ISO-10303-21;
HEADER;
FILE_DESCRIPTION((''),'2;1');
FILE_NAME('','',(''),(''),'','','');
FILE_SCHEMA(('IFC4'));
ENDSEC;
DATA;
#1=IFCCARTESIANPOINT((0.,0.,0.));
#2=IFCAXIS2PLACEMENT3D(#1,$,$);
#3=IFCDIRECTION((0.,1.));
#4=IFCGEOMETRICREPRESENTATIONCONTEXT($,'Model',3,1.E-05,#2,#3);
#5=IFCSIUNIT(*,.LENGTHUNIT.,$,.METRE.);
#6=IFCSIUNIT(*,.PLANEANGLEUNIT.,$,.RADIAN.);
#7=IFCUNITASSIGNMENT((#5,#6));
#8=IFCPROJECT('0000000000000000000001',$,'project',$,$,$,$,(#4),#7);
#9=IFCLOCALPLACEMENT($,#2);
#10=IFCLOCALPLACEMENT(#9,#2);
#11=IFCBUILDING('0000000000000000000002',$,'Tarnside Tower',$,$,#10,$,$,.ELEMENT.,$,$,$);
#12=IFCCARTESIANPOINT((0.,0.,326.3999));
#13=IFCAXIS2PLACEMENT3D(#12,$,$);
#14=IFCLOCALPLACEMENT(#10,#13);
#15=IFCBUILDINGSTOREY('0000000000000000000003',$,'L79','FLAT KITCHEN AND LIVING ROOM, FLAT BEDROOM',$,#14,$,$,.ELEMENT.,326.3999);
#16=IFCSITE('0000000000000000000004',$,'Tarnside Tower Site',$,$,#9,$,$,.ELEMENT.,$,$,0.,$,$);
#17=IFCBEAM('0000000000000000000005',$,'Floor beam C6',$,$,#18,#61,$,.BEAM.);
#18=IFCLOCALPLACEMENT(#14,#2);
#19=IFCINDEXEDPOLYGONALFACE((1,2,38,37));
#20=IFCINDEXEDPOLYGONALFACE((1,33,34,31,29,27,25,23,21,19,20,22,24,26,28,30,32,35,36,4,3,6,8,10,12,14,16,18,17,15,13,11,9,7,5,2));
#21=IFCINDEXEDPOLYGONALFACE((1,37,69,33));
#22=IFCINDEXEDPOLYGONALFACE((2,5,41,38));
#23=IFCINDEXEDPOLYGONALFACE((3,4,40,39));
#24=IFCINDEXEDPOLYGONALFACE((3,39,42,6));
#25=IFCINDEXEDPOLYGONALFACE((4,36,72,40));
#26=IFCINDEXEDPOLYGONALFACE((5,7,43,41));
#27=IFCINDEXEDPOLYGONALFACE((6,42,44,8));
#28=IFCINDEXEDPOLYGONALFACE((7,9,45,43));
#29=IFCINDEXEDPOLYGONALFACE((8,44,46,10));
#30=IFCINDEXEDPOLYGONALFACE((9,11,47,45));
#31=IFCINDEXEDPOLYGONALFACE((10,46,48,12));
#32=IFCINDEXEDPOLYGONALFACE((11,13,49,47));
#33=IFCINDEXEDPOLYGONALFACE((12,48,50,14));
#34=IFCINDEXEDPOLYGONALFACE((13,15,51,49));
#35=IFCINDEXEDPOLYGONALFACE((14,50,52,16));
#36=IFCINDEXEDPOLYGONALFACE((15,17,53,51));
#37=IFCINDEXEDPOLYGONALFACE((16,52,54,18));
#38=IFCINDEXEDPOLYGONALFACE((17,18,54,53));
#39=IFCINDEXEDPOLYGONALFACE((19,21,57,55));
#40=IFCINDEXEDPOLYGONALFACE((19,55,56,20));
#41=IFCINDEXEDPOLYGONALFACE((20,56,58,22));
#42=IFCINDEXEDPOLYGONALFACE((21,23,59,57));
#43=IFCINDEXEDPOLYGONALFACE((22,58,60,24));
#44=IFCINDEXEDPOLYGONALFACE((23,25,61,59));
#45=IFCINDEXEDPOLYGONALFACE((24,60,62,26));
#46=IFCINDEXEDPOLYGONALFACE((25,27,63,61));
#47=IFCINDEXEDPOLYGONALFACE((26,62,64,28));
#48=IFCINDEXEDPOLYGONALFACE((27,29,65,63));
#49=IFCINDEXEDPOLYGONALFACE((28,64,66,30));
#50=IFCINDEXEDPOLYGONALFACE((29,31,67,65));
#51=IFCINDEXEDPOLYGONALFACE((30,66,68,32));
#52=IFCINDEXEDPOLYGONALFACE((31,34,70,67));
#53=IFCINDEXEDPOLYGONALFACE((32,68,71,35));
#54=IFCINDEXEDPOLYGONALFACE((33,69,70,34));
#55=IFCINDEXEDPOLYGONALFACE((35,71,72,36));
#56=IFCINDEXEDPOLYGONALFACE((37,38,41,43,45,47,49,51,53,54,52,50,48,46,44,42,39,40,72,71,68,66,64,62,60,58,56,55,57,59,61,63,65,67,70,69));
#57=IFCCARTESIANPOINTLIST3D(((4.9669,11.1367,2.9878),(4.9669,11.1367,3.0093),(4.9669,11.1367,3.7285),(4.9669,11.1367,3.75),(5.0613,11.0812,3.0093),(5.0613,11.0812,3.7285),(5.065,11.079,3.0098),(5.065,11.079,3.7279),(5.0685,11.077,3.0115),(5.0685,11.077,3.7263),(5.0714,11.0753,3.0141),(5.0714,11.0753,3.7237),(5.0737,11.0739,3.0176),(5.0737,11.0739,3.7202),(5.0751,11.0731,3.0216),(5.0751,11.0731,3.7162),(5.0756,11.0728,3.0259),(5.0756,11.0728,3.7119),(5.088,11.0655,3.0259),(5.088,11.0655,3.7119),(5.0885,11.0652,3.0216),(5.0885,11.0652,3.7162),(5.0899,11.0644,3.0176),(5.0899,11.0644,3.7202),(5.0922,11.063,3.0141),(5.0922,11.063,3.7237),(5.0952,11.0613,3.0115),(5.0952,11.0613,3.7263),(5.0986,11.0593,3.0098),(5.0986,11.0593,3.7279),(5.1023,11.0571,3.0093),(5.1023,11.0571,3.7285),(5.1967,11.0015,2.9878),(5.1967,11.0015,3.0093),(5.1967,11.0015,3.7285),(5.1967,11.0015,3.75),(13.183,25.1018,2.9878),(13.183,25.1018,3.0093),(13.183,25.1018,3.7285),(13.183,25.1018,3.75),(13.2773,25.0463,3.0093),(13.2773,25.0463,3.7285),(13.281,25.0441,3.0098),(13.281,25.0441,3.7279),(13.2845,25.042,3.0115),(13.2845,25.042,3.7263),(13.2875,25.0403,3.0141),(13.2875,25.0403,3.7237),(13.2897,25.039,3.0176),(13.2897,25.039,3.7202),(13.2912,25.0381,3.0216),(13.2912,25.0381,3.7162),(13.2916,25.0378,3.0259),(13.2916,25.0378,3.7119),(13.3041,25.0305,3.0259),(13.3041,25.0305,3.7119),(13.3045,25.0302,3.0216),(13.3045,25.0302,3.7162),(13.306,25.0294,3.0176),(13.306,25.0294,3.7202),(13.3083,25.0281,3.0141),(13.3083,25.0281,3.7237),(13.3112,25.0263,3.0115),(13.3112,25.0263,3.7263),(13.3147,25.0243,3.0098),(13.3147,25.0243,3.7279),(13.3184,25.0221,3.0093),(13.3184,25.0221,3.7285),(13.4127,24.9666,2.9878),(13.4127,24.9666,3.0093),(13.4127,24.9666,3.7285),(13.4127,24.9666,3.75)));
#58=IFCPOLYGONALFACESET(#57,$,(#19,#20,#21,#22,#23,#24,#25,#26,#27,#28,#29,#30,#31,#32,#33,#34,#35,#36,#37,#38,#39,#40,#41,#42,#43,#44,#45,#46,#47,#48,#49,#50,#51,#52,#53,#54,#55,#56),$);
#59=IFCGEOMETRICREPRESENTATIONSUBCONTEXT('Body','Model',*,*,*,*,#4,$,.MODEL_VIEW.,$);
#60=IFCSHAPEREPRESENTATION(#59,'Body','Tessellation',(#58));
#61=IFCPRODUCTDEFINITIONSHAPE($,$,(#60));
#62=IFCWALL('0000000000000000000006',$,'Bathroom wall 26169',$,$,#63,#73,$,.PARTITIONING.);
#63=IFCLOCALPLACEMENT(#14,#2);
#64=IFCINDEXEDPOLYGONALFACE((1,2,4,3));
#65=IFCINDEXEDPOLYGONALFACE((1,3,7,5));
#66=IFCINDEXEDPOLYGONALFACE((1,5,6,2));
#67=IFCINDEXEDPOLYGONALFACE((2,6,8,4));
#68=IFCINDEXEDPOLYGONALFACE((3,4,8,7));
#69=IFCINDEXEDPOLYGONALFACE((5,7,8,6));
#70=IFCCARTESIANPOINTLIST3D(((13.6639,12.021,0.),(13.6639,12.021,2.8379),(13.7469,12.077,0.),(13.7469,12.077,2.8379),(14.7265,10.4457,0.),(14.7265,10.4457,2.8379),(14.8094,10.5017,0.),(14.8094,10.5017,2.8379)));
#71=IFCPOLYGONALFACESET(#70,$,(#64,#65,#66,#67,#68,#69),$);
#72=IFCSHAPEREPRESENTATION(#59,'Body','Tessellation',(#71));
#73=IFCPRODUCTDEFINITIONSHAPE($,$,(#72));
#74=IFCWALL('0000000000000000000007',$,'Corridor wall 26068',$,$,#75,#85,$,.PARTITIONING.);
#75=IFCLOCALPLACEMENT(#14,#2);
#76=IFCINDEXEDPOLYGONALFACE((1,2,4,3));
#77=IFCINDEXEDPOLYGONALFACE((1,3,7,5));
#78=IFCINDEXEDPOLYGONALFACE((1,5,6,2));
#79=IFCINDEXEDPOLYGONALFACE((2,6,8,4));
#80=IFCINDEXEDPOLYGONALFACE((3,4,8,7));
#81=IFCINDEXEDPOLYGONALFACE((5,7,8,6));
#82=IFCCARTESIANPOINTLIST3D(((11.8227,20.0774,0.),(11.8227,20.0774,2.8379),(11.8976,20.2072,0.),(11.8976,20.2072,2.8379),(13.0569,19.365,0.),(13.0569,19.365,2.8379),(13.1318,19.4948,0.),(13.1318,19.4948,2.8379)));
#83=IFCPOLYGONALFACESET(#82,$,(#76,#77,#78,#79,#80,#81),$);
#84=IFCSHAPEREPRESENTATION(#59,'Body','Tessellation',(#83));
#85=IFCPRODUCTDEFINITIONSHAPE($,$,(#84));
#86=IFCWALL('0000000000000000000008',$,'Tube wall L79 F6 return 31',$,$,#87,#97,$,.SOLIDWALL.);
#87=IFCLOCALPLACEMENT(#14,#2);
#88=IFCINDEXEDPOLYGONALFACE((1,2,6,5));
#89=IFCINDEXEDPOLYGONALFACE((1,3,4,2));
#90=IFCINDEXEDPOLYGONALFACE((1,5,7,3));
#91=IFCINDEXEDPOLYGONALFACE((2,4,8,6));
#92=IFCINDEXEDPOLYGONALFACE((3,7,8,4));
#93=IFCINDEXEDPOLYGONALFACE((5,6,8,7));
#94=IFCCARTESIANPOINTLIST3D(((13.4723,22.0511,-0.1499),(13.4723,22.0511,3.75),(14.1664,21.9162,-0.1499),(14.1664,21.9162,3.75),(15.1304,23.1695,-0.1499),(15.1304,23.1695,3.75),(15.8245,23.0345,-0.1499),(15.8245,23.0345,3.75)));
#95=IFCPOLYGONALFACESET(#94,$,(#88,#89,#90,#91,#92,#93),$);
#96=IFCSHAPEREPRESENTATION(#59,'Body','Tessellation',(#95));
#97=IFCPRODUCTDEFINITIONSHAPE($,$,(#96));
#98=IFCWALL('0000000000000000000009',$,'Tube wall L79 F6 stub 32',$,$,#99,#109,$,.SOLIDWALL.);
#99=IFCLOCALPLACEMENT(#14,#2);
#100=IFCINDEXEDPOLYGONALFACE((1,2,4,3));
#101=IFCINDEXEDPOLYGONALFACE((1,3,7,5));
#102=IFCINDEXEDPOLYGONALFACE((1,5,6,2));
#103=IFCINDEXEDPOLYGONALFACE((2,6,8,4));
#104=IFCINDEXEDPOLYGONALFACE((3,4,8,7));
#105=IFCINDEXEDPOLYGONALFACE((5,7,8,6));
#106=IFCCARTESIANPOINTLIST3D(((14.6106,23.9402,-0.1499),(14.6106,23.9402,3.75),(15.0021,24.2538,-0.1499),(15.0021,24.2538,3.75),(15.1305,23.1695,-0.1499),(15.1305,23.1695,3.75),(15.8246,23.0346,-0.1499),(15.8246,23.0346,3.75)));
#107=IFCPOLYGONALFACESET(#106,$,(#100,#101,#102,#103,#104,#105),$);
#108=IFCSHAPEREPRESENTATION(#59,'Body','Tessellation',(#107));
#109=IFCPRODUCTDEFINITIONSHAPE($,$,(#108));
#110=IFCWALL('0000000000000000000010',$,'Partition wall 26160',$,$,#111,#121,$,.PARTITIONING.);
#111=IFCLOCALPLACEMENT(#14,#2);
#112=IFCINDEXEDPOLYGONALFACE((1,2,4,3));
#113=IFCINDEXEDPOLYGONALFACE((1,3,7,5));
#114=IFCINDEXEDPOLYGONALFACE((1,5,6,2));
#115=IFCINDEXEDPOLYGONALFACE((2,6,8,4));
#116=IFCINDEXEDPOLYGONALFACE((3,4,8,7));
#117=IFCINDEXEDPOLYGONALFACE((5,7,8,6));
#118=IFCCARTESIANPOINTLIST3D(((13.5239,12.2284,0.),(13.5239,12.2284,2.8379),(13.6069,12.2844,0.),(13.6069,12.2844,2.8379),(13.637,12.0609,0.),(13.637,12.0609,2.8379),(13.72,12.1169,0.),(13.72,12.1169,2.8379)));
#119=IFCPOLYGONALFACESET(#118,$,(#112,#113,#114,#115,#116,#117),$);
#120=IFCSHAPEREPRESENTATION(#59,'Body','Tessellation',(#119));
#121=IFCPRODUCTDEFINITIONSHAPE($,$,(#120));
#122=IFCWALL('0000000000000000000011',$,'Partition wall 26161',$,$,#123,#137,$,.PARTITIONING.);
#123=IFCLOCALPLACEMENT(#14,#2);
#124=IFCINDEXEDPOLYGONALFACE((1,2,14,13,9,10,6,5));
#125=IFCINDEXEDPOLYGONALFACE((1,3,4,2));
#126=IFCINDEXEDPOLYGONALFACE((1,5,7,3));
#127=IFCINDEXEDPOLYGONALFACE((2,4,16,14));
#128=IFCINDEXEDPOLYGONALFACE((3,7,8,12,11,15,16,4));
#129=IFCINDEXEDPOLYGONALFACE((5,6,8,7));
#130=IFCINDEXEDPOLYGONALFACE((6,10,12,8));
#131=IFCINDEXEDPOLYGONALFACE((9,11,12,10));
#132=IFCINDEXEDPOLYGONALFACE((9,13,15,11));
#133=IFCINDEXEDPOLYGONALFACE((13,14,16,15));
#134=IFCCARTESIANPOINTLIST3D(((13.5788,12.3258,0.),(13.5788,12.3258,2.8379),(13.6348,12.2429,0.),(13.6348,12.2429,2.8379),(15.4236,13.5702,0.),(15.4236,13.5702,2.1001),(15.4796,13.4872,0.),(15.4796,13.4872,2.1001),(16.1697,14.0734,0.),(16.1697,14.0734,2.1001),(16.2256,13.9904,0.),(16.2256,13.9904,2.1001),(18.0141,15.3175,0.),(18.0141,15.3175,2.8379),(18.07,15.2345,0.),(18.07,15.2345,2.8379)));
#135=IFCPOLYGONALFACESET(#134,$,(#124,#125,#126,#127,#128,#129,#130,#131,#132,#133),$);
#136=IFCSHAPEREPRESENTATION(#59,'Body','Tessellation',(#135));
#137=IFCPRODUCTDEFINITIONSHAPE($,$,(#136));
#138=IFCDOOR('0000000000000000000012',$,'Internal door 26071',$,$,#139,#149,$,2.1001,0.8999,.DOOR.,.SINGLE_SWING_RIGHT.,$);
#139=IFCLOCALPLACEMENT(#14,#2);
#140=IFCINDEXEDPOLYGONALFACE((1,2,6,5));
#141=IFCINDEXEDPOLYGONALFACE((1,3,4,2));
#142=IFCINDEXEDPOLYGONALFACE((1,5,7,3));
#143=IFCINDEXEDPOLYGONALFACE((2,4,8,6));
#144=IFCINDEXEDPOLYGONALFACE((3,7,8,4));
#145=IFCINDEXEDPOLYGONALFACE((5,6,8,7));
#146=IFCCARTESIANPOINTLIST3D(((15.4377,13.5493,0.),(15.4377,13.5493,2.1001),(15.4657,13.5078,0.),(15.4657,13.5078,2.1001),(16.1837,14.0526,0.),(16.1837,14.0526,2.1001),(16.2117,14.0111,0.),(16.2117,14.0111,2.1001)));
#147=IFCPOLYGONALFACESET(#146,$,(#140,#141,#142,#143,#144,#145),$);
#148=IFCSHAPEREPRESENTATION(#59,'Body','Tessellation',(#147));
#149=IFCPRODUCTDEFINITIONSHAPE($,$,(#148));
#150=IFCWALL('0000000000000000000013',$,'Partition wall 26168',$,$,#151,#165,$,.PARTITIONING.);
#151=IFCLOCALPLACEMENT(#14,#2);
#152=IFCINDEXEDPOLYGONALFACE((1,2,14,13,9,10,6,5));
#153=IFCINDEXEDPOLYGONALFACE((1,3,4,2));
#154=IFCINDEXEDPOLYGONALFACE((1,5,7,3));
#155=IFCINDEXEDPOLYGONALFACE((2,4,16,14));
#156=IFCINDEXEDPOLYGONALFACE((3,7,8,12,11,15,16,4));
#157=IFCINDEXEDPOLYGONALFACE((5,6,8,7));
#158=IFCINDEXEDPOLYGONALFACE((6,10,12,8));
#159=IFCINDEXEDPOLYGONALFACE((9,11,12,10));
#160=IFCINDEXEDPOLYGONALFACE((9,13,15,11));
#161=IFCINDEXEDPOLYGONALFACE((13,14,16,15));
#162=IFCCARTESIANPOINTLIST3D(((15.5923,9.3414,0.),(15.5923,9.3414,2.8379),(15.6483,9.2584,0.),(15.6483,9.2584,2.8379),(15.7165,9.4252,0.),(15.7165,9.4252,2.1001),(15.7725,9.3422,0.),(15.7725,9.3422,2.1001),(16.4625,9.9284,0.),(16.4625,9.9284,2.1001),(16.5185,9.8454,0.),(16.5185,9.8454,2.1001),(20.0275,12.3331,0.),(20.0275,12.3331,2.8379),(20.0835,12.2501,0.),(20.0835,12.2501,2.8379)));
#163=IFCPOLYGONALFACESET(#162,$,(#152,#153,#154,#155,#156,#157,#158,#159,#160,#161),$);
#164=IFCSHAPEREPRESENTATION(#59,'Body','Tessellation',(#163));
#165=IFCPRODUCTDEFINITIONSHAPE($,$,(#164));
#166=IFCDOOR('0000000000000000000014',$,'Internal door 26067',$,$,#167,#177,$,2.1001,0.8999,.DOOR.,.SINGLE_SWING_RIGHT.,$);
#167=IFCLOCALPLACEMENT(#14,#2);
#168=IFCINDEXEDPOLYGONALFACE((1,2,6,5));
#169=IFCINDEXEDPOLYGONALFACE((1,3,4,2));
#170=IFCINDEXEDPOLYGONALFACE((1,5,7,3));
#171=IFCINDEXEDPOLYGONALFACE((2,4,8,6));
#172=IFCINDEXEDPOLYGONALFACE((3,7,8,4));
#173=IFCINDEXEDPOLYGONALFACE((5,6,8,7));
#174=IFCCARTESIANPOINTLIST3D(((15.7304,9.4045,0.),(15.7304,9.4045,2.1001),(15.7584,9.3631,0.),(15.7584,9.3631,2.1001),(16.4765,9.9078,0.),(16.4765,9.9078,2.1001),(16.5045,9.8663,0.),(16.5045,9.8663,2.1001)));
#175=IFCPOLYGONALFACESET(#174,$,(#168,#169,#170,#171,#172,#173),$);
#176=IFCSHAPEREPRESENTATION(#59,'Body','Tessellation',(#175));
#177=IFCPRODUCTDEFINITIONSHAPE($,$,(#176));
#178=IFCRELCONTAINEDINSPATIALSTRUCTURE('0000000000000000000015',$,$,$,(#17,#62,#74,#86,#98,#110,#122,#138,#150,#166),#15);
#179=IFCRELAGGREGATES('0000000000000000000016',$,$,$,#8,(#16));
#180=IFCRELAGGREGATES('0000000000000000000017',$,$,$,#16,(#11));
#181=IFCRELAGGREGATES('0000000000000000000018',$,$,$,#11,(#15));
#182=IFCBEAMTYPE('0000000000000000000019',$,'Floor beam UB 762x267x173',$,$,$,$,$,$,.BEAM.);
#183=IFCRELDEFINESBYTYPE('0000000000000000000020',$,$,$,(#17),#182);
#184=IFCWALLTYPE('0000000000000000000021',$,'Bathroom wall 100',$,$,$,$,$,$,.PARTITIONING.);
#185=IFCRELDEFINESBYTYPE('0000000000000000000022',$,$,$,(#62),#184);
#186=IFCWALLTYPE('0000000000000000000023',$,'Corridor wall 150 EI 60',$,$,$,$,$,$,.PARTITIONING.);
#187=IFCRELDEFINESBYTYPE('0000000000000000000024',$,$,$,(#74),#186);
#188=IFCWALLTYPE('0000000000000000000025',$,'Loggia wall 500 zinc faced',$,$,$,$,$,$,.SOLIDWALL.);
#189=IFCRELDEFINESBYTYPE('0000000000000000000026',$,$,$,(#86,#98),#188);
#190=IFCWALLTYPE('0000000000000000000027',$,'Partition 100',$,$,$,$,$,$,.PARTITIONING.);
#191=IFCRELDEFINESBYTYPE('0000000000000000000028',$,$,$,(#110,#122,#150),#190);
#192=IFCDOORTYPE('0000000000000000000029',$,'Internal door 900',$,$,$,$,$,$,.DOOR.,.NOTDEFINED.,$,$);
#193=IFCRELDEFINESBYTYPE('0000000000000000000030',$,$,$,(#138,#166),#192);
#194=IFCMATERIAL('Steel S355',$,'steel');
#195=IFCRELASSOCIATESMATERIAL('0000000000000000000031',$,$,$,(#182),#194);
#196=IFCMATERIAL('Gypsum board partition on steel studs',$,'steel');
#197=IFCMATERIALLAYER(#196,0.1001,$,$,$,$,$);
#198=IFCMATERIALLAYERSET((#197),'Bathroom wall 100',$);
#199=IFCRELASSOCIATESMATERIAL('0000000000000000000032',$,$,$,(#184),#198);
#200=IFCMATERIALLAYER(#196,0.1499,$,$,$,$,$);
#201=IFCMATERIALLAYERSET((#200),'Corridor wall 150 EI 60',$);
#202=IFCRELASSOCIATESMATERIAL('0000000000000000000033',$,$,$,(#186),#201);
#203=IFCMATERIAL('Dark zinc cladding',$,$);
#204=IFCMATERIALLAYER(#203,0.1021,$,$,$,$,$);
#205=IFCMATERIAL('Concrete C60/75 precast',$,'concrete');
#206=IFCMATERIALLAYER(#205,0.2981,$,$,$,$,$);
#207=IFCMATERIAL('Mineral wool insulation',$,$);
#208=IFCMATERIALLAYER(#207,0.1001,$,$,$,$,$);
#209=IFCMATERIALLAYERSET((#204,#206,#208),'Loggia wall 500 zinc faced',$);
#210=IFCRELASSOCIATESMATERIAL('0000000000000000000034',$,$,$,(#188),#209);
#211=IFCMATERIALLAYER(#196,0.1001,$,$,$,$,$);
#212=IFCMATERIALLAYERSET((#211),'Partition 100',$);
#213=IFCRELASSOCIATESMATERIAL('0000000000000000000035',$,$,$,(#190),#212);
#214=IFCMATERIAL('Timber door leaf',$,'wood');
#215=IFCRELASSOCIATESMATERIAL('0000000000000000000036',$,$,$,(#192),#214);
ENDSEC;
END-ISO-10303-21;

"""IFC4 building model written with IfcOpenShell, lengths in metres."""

from ifc_helpers import new_model, si_unit, direction, frame, frame_2d, origin, origin_2d, place, context, subcontext, project, spatial, polyline, rectangle, i_section, outline, extrude, material, layer, layer_set, material_profile, profile_set, type_object, element, fill, save


model = new_model("IFC4")

# Units and contexts
model_context = context("Model", 3, precision=1e-05, world=origin(), true_north=direction((0.0, 1.0)))
body_context = subcontext(model_context, "Body", "Model", "MODEL_VIEW")
ifc_project = project(units=[si_unit("LENGTHUNIT", "METRE"), si_unit("PLANEANGLEUNIT", "RADIAN")], contexts=[model_context])

# Site, building, storey
site_placement = place(None, origin())
site = spatial("IfcSite", under=ifc_project, at=site_placement, Name="Tarnside Tower Site", CompositionType="ELEMENT", RefElevation=0.0)
building_placement = place(site_placement, origin())
building = spatial("IfcBuilding", under=site, at=building_placement, Name="Tarnside Tower", CompositionType="ELEMENT")
storey_placement = place(building_placement, frame((0.0, 0.0, 326.3999)))
storey = spatial("IfcBuildingStorey", under=building, at=storey_placement, Name="L79", Description="FLAT KITCHEN AND LIVING ROOM, FLAT BEDROOM", CompositionType="ELEMENT", Elevation=326.3999)

# Beam
ifc_material_1 = material(Name="Steel S355", Category="steel")
ifc_material_profile_1 = material_profile(ifc_material_1, i_section(OverallWidth=0.2666, OverallDepth=0.7622, WebThickness=0.0144, FlangeThickness=0.0215, FilletRadius=0.0166, at=origin_2d()), Name="UB 762x267x173")
ifc_profile_set_1 = profile_set([ifc_material_profile_1], Name="Steel S355")
beam_type_1 = type_object("IfcBeamType", Name="Floor beam UB 762x267x173", PredefinedType="BEAM", material=ifc_profile_set_1)
beam_1_placement = place(storey_placement, frame((13.2979, 25.0342, 3.3689), z_axis=(-0.50708, -0.861899, 0.0), x_axis=(0.861899, -0.50708, 0.0)))
element("IfcBeam", 1, at=beam_1_placement, inside=storey, type_object=beam_type_1, Name="Floor beam C6", PredefinedType="BEAM", context=body_context, shape_type="SweptSolid", body=[
    extrude(i_section(OverallWidth=0.2666, OverallDepth=0.7622, WebThickness=0.0144, FlangeThickness=0.0215, FilletRadius=0.0166, at=origin_2d()), origin(), (0.0, 0.0, 1.0), 16.2026),
])

# Walls
ifc_material_2 = material(Name="Gypsum board partition on steel studs", Category="steel")
ifc_layer_1 = layer(ifc_material_2, 0.1001)
ifc_layer_set_1 = layer_set([ifc_layer_1], Name="Bathroom wall 100")
wall_type_1 = type_object("IfcWallType", Name="Bathroom wall 100", PredefinedType="PARTITIONING", material=ifc_layer_set_1)
wall_1_placement = place(storey_placement, frame((13.7053, 12.0491, 0.0), z_axis=(0.0, 0.0, 1.0), x_axis=(0.559199, -0.829033, 0.0)))
element("IfcWall", 2, at=wall_1_placement, inside=storey, type_object=wall_type_1, Name="Bathroom wall 26169", PredefinedType="PARTITIONING", context=body_context, shape_type="SweptSolid", body=[
    extrude(rectangle(XDim=1.9001, YDim=0.1001, at=frame_2d((0.9502, 0.0))), origin(), (0.0, 0.0, 1.0), 2.8379),
])
ifc_layer_2 = layer(ifc_material_2, 0.1499)
ifc_layer_set_2 = layer_set([ifc_layer_2], Name="Corridor wall 150 EI 60")
wall_type_2 = type_object("IfcWallType", Name="Corridor wall 150 EI 60", PredefinedType="PARTITIONING", material=ifc_layer_set_2)
wall_2_placement = place(storey_placement, frame((13.0942, 19.4299, 0.0), z_axis=(0.0, 0.0, 1.0), x_axis=(-0.866063, 0.499935, 0.0)))
element("IfcWall", 3, at=wall_2_placement, inside=storey, type_object=wall_type_2, Name="Corridor wall 26068", PredefinedType="PARTITIONING", context=body_context, shape_type="SweptSolid", body=[
    extrude(rectangle(XDim=1.425, YDim=0.1499, at=frame_2d((0.7124, 0.0))), origin(), (0.0, 0.0, 1.0), 2.8379),
])
ifc_material_3 = material(Name="Dark zinc cladding")
ifc_layer_3 = layer(ifc_material_3, 0.1021)
ifc_material_4 = material(Name="Concrete C60/75 precast", Category="concrete")
ifc_layer_4 = layer(ifc_material_4, 0.2981)
ifc_material_5 = material(Name="Mineral wool insulation")
ifc_layer_5 = layer(ifc_material_5, 0.1001)
ifc_layer_set_3 = layer_set([ifc_layer_3, ifc_layer_4, ifc_layer_5], Name="Loggia wall 500 zinc faced")
wall_type_3 = type_object("IfcWallType", Name="Loggia wall 500 zinc faced", PredefinedType="SOLIDWALL", material=ifc_layer_set_3)
wall_3_placement = place(storey_placement, frame((13.8193, 21.9836, -0.1499), z_axis=(0.0, 0.0, 1.0), x_axis=(0.829052, 0.559171, 0.0)))
element("IfcWall", 4, at=wall_3_placement, inside=storey, type_object=wall_type_3, Name="Tube wall L79 F6 return 31", PredefinedType="SOLIDWALL", context=body_context, shape_type="SweptSolid", body=[
    extrude(outline(polyline([(0.25, -0.25), (2.25, -0.25), (1.75, 0.25), (-0.25, 0.25), (0.25, -0.25)])), origin(), (0.0, 0.0, 1.0), 3.8999),
])
wall_4_placement = place(storey_placement, frame((15.4775, 23.1021, -0.1499), z_axis=(0.0, 0.0, 1.0), x_axis=(-0.559246, 0.829002, 0.0)))
element("IfcWall", 5, at=wall_4_placement, inside=storey, type_object=wall_type_3, Name="Tube wall L79 F6 stub 32", PredefinedType="SOLIDWALL", context=body_context, shape_type="SweptSolid", body=[
    extrude(outline(polyline([(-0.25, -0.25), (1.2207, -0.25), (1.1797, 0.25), (0.25, 0.25), (-0.25, -0.25)])), origin(), (0.0, 0.0, 1.0), 3.8999),
])
ifc_layer_6 = layer(ifc_material_2, 0.1001)
ifc_layer_set_4 = layer_set([ifc_layer_6], Name="Partition 100")
wall_type_4 = type_object("IfcWallType", Name="Partition 100", PredefinedType="PARTITIONING", material=ifc_layer_set_4)
wall_5_placement = place(storey_placement, frame((13.6785, 12.0889, 0.0), z_axis=(0.0, 0.0, 1.0), x_axis=(-0.559431, 0.828877, 0.0)))
element("IfcWall", 6, at=wall_5_placement, inside=storey, type_object=wall_type_4, Name="Partition wall 26160", PredefinedType="PARTITIONING", context=body_context, shape_type="SweptSolid", body=[
    extrude(rectangle(XDim=0.2021, YDim=0.1001, at=frame_2d((0.1011, 0.0))), origin(), (0.0, 0.0, 1.0), 2.8379),
])

# Walls, openings, doors
wall_6_placement = place(storey_placement, frame((13.6069, 12.2844, 0.0), z_axis=(0.0, 0.0, 1.0), x_axis=(0.829033, 0.559199, 0.0)))
wall_6 = element("IfcWall", 7, at=wall_6_placement, inside=storey, type_object=wall_type_4, Name="Partition wall 26161", PredefinedType="PARTITIONING", context=body_context, shape_type="SweptSolid", body=[
    extrude(rectangle(XDim=5.3499, YDim=0.1001, at=frame_2d((2.6748, 0.0))), origin(), (0.0, 0.0, 1.0), 2.8379),
])
opening_1_placement = place(wall_6_placement, frame((2.2251, 0.0, 0.0)))
opening_1 = element("IfcOpeningElement", 8, at=opening_1_placement, cuts=wall_6, PredefinedType="OPENING", context=body_context, shape_type="SweptSolid", body=[
    extrude(rectangle(XDim=0.8999, YDim=2.1001, at=frame_2d((0.45, 1.05))), frame((0.0, 0.0601, 0.0), z_axis=(0.0, -1.0, 0.0), x_axis=(1.0, 0.0, 0.0)), (0.0, 0.0, 1.0), 0.1201),
])
ifc_material_6 = material(Name="Timber door leaf", Category="wood")
door_type = type_object("IfcDoorType", Name="Internal door 900", OperationType="NOTDEFINED", PredefinedType="DOOR", material=ifc_material_6)
door_1_placement = place(opening_1_placement, origin())
door_1 = element("IfcDoor", 9, at=door_1_placement, inside=storey, type_object=door_type, Name="Internal door 26071", OperationType="SINGLE_SWING_RIGHT", OverallHeight=2.1001, OverallWidth=0.8999, PredefinedType="DOOR", context=body_context, shape_type="SweptSolid", body=[
    extrude(rectangle(XDim=0.8999, YDim=2.1001, at=frame_2d((0.45, 1.05))), frame((0.0, 0.0249, 0.0), z_axis=(0.0, -1.0, 0.0), x_axis=(1.0, 0.0, 0.0)), (0.0, 0.0, 1.0), 0.05),
])
fill(opening_1, door_1)
wall_7_placement = place(storey_placement, frame((20.0554, 12.2915, 0.0), z_axis=(0.0, 0.0, 1.0), x_axis=(-0.829033, -0.559199, 0.0)))
wall_7 = element("IfcWall", 10, at=wall_7_placement, inside=storey, type_object=wall_type_4, Name="Partition wall 26168", PredefinedType="PARTITIONING", context=body_context, shape_type="SweptSolid", body=[
    extrude(rectangle(XDim=5.3499, YDim=0.1001, at=frame_2d((2.6748, 0.0))), origin(), (0.0, 0.0, 1.0), 2.8379),
])
opening_2_placement = place(wall_7_placement, frame((4.3, 0.0, 0.0)))
opening_2 = element("IfcOpeningElement", 11, at=opening_2_placement, cuts=wall_7, PredefinedType="OPENING", context=body_context, shape_type="SweptSolid", body=[
    extrude(rectangle(XDim=0.8999, YDim=2.1001, at=frame_2d((0.45, 1.05))), frame((0.0, 0.0601, 0.0), z_axis=(0.0, -1.0, 0.0), x_axis=(1.0, 0.0, 0.0)), (0.0, 0.0, 1.0), 0.1201),
])
door_2_placement = place(opening_2_placement, origin())
door_2 = element("IfcDoor", 12, at=door_2_placement, inside=storey, type_object=door_type, Name="Internal door 26067", OperationType="SINGLE_SWING_RIGHT", OverallHeight=2.1001, OverallWidth=0.8999, PredefinedType="DOOR", context=body_context, shape_type="SweptSolid", body=[
    extrude(rectangle(XDim=0.8999, YDim=2.1001, at=frame_2d((0.45, 1.05))), frame((0.0, 0.0249, 0.0), z_axis=(0.0, -1.0, 0.0), x_axis=(1.0, 0.0, 0.0)), (0.0, 0.0, 1.0), 0.05),
])
fill(opening_2, door_2)

save(model, "model.ifc")
